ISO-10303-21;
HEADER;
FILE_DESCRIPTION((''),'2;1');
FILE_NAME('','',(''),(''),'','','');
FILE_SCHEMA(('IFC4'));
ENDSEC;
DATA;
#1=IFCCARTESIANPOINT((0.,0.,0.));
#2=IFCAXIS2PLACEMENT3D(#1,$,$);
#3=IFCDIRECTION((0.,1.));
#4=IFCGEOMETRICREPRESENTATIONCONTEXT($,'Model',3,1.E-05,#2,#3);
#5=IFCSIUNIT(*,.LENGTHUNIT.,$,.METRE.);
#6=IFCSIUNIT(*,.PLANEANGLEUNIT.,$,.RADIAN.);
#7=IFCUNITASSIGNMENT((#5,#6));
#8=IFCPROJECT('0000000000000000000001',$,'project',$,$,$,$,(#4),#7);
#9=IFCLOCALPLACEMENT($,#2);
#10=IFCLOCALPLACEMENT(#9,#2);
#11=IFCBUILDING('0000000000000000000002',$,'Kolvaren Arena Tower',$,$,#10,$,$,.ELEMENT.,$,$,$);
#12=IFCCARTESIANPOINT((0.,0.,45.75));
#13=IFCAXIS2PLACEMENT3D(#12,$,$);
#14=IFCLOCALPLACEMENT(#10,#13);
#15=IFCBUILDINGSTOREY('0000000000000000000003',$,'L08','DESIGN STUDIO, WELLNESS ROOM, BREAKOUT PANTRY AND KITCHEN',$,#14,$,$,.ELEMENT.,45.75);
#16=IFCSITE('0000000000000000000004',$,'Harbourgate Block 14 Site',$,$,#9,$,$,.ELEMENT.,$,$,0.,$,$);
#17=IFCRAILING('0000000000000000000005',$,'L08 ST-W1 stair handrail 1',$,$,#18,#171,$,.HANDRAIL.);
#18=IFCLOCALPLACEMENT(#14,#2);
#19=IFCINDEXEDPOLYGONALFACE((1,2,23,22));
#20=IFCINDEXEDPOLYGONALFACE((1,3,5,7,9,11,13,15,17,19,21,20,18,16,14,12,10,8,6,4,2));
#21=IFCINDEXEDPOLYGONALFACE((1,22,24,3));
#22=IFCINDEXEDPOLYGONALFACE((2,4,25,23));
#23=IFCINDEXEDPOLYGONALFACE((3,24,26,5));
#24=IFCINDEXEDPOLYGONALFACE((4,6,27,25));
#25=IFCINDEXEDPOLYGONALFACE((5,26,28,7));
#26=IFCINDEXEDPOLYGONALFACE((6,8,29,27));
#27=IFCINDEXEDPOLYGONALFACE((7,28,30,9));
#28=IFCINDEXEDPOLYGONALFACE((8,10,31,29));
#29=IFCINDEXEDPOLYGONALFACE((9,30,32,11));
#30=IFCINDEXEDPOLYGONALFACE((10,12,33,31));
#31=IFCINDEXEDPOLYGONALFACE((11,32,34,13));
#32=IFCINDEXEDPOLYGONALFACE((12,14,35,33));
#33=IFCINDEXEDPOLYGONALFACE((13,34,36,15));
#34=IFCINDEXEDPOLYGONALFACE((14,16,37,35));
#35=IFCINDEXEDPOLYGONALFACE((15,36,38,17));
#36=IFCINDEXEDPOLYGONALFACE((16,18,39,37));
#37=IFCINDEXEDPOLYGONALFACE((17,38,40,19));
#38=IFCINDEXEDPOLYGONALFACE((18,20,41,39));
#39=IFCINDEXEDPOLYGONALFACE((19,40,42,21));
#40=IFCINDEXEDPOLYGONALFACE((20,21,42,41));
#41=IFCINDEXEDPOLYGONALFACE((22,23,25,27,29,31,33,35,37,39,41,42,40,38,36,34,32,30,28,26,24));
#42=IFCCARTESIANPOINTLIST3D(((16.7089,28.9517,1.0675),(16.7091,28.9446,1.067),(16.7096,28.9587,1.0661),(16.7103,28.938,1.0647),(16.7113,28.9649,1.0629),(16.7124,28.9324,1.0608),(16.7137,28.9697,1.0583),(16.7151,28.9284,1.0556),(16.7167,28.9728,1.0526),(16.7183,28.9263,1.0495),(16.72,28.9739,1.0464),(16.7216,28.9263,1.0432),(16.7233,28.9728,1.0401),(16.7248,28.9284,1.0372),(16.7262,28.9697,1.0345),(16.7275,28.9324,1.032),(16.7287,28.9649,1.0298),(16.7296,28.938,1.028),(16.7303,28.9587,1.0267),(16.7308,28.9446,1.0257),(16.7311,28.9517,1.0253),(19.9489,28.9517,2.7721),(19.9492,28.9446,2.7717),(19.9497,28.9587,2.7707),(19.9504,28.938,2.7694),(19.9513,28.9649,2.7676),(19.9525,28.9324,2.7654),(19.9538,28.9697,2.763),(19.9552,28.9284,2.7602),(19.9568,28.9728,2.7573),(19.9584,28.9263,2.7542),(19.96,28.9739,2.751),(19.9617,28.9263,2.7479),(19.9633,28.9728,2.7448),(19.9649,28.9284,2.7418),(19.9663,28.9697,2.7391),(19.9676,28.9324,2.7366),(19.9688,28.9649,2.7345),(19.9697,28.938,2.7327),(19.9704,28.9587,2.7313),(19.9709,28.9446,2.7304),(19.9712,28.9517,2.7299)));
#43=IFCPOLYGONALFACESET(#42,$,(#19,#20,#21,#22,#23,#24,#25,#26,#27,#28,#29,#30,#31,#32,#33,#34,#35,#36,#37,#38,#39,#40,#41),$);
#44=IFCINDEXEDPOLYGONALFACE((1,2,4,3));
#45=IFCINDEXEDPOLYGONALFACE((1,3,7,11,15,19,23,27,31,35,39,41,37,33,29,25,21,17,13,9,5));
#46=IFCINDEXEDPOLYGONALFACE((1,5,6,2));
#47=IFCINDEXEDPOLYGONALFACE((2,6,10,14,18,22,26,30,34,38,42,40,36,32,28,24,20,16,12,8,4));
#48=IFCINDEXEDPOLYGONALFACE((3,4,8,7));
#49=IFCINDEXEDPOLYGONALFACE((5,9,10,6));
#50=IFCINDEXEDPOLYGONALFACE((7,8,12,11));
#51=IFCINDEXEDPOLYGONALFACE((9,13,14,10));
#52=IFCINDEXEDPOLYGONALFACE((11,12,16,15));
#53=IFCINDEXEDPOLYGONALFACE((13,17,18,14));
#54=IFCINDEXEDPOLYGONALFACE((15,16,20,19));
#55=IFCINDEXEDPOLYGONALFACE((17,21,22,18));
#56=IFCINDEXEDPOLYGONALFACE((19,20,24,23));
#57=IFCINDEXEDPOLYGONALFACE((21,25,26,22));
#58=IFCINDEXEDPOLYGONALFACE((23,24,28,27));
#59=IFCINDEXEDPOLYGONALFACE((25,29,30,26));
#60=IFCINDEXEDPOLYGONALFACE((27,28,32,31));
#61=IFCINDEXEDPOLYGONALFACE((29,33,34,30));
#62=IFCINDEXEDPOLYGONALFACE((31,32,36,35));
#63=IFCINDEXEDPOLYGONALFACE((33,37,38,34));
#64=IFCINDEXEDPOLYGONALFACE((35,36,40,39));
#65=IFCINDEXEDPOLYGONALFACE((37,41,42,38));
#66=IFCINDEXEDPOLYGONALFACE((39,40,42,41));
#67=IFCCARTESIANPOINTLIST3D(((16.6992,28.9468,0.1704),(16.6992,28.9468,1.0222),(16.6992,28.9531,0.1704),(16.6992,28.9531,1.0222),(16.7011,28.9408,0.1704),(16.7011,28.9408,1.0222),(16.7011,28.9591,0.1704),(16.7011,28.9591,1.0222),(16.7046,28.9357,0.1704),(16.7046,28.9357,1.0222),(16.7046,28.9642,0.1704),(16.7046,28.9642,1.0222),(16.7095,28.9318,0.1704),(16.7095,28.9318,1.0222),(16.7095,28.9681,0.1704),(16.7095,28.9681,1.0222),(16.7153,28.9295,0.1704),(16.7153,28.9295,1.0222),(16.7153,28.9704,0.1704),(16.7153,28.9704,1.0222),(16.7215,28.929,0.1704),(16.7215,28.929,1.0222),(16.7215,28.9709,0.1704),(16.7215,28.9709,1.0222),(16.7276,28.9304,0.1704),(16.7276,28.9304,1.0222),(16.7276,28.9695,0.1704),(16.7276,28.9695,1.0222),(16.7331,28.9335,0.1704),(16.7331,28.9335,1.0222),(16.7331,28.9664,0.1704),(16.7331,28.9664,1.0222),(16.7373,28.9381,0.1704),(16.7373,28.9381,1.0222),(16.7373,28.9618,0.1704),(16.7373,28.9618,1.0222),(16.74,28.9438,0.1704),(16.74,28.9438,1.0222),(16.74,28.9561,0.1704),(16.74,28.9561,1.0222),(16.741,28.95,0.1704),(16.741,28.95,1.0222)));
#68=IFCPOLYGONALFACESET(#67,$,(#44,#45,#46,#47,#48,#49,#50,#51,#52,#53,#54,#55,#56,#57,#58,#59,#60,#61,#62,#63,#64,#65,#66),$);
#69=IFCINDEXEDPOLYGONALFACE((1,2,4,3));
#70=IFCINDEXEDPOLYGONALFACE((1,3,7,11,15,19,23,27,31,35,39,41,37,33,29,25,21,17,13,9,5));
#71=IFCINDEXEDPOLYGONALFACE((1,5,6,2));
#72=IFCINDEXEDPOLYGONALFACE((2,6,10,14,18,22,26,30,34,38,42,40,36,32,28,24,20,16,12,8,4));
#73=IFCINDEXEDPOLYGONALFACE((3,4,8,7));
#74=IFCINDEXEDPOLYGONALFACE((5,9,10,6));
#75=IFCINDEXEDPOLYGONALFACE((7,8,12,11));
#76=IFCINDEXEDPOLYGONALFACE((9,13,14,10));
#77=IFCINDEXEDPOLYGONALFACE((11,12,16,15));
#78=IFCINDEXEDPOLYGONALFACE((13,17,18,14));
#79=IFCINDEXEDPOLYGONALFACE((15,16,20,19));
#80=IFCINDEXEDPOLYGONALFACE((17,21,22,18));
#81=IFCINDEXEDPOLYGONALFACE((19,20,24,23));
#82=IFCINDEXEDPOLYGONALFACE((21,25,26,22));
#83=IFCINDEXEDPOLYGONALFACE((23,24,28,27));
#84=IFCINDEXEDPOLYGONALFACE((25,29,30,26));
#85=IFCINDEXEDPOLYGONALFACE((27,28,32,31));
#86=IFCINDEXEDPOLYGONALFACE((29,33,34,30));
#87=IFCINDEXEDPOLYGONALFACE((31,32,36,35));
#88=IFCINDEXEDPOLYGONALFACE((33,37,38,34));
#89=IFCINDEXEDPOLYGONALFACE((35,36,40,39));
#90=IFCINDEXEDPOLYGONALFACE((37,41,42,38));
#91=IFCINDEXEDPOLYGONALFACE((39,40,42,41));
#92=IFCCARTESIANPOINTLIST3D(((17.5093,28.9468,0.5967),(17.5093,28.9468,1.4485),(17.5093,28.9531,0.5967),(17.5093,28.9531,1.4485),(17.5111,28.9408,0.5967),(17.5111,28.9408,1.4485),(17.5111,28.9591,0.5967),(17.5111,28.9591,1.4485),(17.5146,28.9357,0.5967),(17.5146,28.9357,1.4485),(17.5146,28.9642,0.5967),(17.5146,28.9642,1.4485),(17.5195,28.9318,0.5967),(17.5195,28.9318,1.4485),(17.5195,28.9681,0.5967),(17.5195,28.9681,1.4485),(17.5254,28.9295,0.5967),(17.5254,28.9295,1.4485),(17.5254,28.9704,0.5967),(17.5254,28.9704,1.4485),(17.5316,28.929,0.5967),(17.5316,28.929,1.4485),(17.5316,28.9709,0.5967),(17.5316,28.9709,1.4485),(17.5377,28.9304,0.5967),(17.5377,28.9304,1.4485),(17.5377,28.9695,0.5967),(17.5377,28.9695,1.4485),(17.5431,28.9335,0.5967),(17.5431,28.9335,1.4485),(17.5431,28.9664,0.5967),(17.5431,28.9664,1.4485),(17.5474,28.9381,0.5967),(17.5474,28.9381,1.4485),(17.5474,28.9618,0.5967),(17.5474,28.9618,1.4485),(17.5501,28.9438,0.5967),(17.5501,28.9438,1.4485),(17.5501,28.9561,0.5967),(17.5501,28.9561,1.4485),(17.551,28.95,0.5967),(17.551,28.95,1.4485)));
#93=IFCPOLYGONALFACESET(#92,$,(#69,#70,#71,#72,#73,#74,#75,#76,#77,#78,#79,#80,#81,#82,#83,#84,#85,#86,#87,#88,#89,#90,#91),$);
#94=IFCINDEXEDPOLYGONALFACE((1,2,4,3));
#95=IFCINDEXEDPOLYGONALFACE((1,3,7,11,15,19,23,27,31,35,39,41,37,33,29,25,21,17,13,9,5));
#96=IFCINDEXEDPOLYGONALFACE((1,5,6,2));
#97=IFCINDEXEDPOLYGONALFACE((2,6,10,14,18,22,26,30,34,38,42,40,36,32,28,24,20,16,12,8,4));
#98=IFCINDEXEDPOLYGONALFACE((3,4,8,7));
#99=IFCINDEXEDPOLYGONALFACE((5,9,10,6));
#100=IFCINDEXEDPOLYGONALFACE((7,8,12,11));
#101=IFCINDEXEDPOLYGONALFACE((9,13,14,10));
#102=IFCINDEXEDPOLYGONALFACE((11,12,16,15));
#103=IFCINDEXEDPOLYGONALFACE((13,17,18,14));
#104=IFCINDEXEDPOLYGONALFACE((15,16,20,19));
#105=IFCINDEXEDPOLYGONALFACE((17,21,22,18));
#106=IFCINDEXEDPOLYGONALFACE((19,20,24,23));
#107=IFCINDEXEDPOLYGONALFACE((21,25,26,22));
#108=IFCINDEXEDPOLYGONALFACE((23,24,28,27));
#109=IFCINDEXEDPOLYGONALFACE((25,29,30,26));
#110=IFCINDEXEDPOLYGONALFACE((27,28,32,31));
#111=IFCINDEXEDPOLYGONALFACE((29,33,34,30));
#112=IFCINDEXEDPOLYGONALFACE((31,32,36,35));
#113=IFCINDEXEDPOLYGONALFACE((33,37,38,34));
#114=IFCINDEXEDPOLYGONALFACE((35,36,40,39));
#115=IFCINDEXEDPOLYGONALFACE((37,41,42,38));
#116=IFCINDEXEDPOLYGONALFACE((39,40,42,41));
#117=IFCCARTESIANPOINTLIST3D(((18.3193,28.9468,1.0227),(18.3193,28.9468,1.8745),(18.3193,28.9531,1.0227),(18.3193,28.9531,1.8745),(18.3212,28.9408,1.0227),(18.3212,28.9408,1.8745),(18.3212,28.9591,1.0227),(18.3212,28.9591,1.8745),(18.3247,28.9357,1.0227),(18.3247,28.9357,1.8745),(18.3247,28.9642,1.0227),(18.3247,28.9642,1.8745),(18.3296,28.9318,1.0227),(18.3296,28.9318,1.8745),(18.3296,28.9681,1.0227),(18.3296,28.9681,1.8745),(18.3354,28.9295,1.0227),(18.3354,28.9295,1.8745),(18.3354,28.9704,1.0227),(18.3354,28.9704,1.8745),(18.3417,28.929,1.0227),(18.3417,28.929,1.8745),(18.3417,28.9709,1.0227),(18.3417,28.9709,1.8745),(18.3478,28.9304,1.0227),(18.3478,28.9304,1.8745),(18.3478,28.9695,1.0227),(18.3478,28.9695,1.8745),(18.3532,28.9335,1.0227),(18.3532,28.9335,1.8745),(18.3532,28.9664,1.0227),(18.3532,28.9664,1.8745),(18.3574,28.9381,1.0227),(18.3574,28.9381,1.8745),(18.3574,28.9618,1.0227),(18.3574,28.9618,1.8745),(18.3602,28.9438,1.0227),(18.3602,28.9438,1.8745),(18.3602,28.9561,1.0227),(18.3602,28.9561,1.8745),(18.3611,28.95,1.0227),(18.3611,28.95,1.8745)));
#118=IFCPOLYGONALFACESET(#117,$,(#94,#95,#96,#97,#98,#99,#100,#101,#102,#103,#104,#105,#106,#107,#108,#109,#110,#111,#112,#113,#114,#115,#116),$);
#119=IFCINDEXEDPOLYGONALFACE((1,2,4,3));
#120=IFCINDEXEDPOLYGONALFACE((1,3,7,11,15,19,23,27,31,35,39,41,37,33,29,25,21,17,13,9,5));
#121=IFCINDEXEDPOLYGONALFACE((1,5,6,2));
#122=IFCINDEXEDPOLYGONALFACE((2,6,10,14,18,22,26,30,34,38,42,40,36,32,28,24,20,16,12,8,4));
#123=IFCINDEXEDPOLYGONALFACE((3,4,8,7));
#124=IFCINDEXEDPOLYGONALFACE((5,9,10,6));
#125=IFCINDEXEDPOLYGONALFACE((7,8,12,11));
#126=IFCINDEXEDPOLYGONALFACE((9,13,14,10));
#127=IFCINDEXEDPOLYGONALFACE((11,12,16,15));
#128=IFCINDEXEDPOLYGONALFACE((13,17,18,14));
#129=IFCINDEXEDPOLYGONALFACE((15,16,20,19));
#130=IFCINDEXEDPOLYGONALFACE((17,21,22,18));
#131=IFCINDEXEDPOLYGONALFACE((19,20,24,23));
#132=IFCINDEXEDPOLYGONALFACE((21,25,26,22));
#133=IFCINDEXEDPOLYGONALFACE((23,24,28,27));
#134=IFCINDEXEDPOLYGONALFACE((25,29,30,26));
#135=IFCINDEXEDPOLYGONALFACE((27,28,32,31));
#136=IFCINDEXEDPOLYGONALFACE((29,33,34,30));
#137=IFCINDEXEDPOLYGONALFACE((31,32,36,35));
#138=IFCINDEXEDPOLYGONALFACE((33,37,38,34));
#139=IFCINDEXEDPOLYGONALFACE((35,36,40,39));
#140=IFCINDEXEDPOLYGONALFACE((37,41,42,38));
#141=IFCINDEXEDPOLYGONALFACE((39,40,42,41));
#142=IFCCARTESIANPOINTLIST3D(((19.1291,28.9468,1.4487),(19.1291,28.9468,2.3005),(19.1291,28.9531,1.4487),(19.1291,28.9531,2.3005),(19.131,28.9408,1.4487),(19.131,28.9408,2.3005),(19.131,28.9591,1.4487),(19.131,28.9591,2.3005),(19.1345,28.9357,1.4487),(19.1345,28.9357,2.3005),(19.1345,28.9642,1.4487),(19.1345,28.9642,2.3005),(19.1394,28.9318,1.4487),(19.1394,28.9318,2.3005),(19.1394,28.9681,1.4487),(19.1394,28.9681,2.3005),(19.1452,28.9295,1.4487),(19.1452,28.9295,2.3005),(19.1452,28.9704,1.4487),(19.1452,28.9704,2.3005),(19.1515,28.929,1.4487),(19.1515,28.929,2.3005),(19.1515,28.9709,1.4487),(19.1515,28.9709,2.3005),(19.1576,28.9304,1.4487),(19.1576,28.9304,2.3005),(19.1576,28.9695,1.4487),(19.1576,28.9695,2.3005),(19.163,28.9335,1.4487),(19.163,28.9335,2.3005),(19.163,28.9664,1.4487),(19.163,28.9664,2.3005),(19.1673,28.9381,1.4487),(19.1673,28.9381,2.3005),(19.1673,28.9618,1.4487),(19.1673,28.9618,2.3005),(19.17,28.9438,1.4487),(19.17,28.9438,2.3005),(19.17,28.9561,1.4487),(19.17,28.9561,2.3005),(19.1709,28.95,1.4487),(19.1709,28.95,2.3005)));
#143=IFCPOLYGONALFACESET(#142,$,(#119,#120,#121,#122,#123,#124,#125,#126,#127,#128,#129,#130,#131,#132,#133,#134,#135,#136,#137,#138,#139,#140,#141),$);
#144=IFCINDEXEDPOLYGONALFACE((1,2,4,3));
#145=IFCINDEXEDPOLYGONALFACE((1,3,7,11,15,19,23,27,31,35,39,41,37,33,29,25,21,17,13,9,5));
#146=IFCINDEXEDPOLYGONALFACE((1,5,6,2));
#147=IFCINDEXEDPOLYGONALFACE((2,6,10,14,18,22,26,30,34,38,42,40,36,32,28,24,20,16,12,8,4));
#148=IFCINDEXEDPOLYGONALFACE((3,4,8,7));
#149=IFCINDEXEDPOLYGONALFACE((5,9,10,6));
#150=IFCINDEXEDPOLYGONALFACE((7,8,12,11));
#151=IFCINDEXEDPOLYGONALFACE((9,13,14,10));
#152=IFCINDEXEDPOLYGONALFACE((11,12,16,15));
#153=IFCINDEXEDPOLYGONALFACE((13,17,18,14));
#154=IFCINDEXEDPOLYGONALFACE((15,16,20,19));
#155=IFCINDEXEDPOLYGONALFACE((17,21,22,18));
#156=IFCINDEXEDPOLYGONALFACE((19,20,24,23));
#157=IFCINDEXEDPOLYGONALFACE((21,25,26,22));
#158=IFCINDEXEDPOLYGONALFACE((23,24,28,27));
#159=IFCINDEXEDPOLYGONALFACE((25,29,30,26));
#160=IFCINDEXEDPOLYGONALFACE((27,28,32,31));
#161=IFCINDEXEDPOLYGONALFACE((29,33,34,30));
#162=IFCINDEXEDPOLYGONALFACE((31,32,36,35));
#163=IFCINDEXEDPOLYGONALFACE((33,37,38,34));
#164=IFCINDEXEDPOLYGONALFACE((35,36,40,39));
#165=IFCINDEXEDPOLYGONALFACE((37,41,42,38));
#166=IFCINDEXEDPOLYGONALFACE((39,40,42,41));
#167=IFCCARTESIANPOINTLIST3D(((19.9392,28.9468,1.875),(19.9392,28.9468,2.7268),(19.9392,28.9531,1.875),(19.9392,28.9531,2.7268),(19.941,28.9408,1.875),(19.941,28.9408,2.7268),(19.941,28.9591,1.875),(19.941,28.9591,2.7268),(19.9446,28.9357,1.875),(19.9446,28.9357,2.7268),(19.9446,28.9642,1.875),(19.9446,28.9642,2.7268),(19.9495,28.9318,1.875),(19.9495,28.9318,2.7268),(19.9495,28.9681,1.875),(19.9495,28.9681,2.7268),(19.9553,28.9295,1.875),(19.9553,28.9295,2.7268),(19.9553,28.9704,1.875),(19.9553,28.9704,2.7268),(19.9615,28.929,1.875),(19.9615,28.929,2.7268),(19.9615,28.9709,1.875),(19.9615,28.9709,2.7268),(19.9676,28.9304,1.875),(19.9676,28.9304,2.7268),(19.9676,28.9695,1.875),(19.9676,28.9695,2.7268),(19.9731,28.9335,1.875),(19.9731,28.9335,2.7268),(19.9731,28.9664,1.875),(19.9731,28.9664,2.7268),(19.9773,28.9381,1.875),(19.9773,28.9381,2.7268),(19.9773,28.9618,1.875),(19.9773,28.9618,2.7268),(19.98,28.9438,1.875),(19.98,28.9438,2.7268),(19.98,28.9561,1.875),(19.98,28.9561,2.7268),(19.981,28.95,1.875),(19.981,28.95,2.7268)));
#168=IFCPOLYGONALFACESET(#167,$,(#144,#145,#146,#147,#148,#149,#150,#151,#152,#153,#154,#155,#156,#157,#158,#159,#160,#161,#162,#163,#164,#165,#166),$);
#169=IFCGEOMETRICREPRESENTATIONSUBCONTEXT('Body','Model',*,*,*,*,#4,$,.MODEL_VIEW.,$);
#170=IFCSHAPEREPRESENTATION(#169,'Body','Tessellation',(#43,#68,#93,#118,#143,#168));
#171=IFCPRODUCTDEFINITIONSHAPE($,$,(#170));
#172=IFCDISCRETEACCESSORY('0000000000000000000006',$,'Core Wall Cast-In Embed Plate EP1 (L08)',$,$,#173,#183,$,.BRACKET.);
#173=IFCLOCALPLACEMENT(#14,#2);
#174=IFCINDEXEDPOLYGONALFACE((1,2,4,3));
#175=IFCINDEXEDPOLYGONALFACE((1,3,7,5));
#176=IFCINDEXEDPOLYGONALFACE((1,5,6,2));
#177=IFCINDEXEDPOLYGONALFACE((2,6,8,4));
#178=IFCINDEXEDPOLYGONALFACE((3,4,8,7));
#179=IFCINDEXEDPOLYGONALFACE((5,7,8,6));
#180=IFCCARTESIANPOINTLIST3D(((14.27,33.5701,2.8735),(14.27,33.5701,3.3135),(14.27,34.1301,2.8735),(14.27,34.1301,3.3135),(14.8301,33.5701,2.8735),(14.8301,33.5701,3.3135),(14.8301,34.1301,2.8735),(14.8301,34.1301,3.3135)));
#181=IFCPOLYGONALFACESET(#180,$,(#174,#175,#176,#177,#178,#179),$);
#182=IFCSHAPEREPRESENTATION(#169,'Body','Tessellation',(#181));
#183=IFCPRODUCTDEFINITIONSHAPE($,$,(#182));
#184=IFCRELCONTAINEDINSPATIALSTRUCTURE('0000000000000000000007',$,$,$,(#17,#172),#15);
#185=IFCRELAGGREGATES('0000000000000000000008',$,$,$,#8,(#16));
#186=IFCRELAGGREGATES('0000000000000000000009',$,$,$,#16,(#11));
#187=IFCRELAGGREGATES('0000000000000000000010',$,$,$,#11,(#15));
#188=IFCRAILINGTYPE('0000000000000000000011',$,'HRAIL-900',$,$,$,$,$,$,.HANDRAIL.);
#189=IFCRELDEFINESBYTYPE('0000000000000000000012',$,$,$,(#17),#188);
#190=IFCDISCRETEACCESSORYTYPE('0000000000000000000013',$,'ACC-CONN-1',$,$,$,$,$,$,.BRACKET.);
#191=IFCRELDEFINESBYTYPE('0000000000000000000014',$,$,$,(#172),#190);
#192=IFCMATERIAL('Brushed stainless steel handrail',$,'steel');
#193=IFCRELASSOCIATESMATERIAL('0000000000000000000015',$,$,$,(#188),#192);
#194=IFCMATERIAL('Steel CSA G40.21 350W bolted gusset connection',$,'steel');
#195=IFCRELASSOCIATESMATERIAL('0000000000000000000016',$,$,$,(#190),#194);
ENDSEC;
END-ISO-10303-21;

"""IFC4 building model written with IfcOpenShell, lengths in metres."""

from ifc_helpers import new_model, si_unit, direction, frame, origin, origin_2d, place, context, subcontext, project, spatial, rectangle, circle, extrude, material, type_object, element, save


model = new_model("IFC4")

# Units and contexts
model_context = context("Model", 3, precision=1e-05, world=origin(), true_north=direction((0.0, 1.0)))
body_context = subcontext(model_context, "Body", "Model", "MODEL_VIEW")
ifc_project = project(units=[si_unit("LENGTHUNIT", "METRE"), si_unit("PLANEANGLEUNIT", "RADIAN")], contexts=[model_context])

# Site, building, storey
site_placement = place(None, origin())
site = spatial("IfcSite", under=ifc_project, at=site_placement, Name="Harbourgate Block 14 Site", CompositionType="ELEMENT", RefElevation=0.0)
building_placement = place(site_placement, origin())
building = spatial("IfcBuilding", under=site, at=building_placement, Name="Kolvaren Arena Tower", CompositionType="ELEMENT")
storey_placement = place(building_placement, frame((0.0, 0.0, 45.75)))
storey = spatial("IfcBuildingStorey", under=building, at=storey_placement, Name="L08", Description="DESIGN STUDIO, WELLNESS ROOM, BREAKOUT PANTRY AND KITCHEN", CompositionType="ELEMENT", Elevation=45.75)

# Railing
ifc_material_1 = material(Name="Brushed stainless steel handrail", Category="steel")
railing_type_1 = type_object("IfcRailingType", Name="HRAIL-900", PredefinedType="HANDRAIL", material=ifc_material_1)
railing_1_placement = place(storey_placement, frame((16.72, 28.95, 0.1704)))
element("IfcRailing", 1, at=railing_1_placement, inside=storey, type_object=railing_type_1, Name="L08 ST-W1 stair handrail 1", PredefinedType="HANDRAIL", context=body_context, shape_type="SweptSolid", body=[
    extrude(circle(Radius=0.0239, at=origin_2d()), frame((0.0, 0.0, 0.876), z_axis=(0.884993, 0.0, 0.465604), x_axis=(0.0, 1.0, 0.0)), (0.0, 0.0, 1.0), 3.6611),
    extrude(circle(Radius=0.021, at=origin_2d()), origin(), (0.0, 0.0, 1.0), 0.8518),
    extrude(circle(Radius=0.021, at=origin_2d()), frame((0.8101, 0.0, 0.4263)), (0.0, 0.0, 1.0), 0.8518),
    extrude(circle(Radius=0.021, at=origin_2d()), frame((1.6201, 0.0, 0.8523)), (0.0, 0.0, 1.0), 0.8518),
    extrude(circle(Radius=0.021, at=origin_2d()), frame((2.4299, 0.0, 1.2783)), (0.0, 0.0, 1.0), 0.8518),
    extrude(circle(Radius=0.021, at=origin_2d()), frame((3.24, 0.0, 1.7046)), (0.0, 0.0, 1.0), 0.8518),
])

# Discrete accessory
ifc_material_2 = material(Name="Steel CSA G40.21 350W bolted gusset connection", Category="steel")
discrete_accessory_type = type_object("IfcDiscreteAccessoryType", Name="ACC-CONN-1", PredefinedType="BRACKET", material=ifc_material_2)
discrete_accessory_placement = place(storey_placement, frame((14.55, 33.8501, 2.8735), z_axis=(0.0, 0.0, 1.0), x_axis=(1.0, 0.0, 0.0)))
element("IfcDiscreteAccessory", 2, at=discrete_accessory_placement, inside=storey, type_object=discrete_accessory_type, Name="Core Wall Cast-In Embed Plate EP1 (L08)", PredefinedType="BRACKET", context=body_context, shape_type="SweptSolid", body=[
    extrude(rectangle(XDim=0.5601, YDim=0.5601, at=origin_2d()), origin(), (0.0, 0.0, 1.0), 0.4399),
])

save(model, "model.ifc")
